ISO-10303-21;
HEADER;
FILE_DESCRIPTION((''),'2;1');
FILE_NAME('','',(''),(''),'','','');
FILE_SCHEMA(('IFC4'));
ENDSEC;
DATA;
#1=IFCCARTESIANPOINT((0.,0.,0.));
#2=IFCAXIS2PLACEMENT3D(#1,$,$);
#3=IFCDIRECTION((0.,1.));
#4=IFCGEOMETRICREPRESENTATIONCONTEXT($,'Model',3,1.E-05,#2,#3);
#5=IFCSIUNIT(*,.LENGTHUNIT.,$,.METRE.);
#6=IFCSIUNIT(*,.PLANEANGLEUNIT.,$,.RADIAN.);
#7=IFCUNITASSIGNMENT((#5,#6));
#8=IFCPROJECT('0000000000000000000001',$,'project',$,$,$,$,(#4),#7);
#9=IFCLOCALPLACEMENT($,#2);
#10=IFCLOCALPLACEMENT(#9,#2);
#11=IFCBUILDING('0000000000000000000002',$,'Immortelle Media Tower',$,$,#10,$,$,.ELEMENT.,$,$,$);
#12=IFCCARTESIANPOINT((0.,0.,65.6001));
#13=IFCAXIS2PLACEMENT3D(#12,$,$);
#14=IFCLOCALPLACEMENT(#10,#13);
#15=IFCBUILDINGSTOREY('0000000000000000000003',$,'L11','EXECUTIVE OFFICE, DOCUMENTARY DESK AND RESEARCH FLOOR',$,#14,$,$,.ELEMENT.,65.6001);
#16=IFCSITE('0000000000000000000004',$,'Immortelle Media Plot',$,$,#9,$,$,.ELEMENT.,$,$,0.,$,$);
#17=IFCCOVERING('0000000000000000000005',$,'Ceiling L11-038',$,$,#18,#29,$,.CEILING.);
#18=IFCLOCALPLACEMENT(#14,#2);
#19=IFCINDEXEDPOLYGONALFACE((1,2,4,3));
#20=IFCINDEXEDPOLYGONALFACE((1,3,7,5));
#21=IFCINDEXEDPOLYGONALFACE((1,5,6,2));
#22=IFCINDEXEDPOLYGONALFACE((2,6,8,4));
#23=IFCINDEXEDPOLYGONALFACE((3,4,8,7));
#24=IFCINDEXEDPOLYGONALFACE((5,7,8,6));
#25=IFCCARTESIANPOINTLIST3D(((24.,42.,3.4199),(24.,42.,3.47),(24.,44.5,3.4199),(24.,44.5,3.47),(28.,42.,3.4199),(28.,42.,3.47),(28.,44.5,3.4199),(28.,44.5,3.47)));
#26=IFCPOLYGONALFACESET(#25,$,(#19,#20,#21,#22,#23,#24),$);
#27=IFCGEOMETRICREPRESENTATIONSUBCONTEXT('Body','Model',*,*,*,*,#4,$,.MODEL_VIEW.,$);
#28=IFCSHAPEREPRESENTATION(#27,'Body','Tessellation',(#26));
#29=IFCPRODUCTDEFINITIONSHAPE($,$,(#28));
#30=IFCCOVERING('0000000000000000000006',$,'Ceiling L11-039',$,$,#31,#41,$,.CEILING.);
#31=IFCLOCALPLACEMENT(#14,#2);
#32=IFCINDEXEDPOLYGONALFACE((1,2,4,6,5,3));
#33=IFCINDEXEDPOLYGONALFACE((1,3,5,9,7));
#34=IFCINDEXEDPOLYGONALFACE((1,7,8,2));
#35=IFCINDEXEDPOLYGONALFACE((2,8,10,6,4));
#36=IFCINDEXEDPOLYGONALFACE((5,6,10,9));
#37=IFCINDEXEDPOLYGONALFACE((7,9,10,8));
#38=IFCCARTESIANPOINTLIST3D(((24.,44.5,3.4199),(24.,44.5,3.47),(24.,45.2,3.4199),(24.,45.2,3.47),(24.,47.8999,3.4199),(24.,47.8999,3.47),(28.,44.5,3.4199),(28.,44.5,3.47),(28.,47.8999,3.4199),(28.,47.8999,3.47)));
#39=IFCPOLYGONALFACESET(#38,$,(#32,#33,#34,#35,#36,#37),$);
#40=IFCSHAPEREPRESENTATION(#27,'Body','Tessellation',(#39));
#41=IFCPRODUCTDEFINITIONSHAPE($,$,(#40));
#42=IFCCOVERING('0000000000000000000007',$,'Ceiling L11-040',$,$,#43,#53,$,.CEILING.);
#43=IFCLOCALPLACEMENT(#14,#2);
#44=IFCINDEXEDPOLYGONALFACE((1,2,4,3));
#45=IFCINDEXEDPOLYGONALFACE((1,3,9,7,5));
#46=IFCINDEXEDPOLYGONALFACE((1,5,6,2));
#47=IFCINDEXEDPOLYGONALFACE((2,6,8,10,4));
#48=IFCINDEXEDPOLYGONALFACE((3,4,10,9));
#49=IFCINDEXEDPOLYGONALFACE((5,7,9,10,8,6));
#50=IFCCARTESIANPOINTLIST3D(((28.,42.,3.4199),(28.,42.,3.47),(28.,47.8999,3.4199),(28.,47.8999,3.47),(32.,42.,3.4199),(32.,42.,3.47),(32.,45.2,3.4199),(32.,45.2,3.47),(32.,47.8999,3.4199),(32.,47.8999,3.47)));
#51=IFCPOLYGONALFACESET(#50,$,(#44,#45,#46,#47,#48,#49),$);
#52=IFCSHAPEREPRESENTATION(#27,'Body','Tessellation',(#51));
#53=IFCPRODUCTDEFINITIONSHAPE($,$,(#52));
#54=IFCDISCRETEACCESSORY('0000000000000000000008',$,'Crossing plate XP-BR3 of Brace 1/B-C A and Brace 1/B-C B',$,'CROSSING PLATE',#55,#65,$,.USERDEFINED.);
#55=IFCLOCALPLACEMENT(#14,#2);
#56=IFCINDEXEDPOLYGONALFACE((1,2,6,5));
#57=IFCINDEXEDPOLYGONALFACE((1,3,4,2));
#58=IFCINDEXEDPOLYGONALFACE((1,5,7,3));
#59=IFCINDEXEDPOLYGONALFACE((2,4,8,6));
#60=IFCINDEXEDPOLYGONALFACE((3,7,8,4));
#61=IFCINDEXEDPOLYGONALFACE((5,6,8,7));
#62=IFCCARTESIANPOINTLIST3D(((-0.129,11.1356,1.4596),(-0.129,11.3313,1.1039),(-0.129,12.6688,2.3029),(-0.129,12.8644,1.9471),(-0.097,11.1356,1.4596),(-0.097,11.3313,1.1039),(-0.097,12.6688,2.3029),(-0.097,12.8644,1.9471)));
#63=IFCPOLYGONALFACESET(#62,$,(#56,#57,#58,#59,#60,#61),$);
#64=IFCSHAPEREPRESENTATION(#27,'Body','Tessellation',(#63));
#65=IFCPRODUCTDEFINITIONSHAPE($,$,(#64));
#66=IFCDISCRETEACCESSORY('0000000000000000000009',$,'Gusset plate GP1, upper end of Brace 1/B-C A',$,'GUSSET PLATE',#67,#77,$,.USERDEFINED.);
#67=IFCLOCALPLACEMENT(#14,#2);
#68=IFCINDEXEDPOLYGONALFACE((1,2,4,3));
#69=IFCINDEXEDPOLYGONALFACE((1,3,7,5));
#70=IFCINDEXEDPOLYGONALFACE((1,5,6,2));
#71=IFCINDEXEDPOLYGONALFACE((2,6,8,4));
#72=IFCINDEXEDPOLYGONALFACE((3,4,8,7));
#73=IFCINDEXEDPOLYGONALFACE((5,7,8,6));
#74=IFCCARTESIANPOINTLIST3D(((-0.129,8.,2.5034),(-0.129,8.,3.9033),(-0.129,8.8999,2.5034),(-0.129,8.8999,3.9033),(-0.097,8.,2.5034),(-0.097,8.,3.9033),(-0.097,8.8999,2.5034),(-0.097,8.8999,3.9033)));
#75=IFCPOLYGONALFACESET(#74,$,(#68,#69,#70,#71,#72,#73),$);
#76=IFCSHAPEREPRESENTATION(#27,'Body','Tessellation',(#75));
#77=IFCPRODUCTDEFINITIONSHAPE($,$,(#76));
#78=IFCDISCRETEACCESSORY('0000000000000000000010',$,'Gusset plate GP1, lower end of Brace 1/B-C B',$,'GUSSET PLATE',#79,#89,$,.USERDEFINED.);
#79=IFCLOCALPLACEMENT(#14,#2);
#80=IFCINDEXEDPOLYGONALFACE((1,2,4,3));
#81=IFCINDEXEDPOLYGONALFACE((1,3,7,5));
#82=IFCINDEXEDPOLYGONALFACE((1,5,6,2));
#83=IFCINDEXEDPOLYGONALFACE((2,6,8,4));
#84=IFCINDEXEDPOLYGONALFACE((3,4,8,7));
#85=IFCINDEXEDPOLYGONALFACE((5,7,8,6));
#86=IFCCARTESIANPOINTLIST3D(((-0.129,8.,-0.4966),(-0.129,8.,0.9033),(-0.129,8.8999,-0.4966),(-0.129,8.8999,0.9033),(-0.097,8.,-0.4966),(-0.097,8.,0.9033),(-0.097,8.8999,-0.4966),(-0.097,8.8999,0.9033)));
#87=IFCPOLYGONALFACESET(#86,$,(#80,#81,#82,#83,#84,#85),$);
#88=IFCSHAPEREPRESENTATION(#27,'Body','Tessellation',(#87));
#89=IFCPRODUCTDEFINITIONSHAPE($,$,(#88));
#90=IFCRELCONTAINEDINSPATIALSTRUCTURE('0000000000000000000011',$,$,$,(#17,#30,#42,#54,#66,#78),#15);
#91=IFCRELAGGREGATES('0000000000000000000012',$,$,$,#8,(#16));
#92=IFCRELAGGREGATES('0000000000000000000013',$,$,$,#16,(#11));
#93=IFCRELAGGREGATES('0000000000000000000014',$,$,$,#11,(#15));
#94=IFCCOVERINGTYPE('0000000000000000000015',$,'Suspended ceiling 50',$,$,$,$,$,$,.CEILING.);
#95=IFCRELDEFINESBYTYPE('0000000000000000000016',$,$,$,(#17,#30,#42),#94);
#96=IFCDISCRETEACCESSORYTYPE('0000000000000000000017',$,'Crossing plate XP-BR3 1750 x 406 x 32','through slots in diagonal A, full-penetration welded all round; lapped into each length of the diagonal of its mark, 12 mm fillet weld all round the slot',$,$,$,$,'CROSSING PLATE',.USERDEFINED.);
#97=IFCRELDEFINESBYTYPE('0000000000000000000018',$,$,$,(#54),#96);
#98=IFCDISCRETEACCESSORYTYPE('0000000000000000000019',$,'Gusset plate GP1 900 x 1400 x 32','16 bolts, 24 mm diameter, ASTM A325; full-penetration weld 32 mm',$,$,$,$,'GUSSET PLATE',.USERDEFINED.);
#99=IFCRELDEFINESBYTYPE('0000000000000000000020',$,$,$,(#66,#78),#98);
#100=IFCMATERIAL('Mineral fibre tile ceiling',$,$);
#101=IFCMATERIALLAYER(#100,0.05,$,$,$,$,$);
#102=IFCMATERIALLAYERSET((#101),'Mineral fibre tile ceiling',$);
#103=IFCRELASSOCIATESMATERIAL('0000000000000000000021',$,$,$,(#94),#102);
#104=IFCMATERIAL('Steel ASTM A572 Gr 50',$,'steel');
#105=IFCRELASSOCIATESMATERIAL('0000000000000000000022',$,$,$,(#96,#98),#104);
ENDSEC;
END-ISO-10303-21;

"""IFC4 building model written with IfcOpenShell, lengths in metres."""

from ifc_helpers import new_model, si_unit, direction, frame, origin, origin_2d, place, context, subcontext, project, spatial, polyline, rectangle, outline, extrude, material, layer, layer_set, material_profile, profile_set, type_object, element, save


model = new_model("IFC4")

# Units and contexts
model_context = context("Model", 3, precision=1e-05, world=origin(), true_north=direction((0.0, 1.0)))
body_context = subcontext(model_context, "Body", "Model", "MODEL_VIEW")
ifc_project = project(units=[si_unit("LENGTHUNIT", "METRE"), si_unit("PLANEANGLEUNIT", "RADIAN")], contexts=[model_context])

# Site, building, storey
site_placement = place(None, origin())
site = spatial("IfcSite", under=ifc_project, at=site_placement, Name="Immortelle Media Plot", CompositionType="ELEMENT", RefElevation=0.0)
building_placement = place(site_placement, origin())
building = spatial("IfcBuilding", under=site, at=building_placement, Name="Immortelle Media Tower", CompositionType="ELEMENT")
storey_placement = place(building_placement, frame((0.0, 0.0, 65.6001)))
storey = spatial("IfcBuildingStorey", under=building, at=storey_placement, Name="L11", Description="EXECUTIVE OFFICE, DOCUMENTARY DESK AND RESEARCH FLOOR", CompositionType="ELEMENT", Elevation=65.6001)

# Coverings
ifc_material_1 = material(Name="Mineral fibre tile ceiling")
ifc_layer = layer(ifc_material_1, 0.05)
ifc_layer_set = layer_set([ifc_layer], Name="Mineral fibre tile ceiling")
covering_type = type_object("IfcCoveringType", Name="Suspended ceiling 50", PredefinedType="CEILING", material=ifc_layer_set)
covering_1_placement = place(storey_placement, frame((0.0, 0.0, 3.4199)))
element("IfcCovering", 1, at=covering_1_placement, inside=storey, type_object=covering_type, Name="Ceiling L11-038", PredefinedType="CEILING", context=body_context, shape_type="SweptSolid", body=[
    extrude(outline(polyline([(28.0, 42.0), (24.0, 42.0), (24.0, 44.5), (28.0, 44.5), (28.0, 42.0)])), origin(), (0.0, 0.0, 1.0), 0.05),
])
covering_2_placement = place(storey_placement, frame((0.0, 0.0, 3.4199)))
element("IfcCovering", 2, at=covering_2_placement, inside=storey, type_object=covering_type, Name="Ceiling L11-039", PredefinedType="CEILING", context=body_context, shape_type="SweptSolid", body=[
    extrude(outline(polyline([(24.0, 47.8999), (28.0, 47.8999), (28.0, 44.5), (24.0, 44.5), (24.0, 45.2), (24.0, 47.8999)])), origin(), (0.0, 0.0, 1.0), 0.05),
])
covering_3_placement = place(storey_placement, frame((0.0, 0.0, 3.4199)))
element("IfcCovering", 3, at=covering_3_placement, inside=storey, type_object=covering_type, Name="Ceiling L11-040", PredefinedType="CEILING", context=body_context, shape_type="SweptSolid", body=[
    extrude(outline(polyline([(32.0, 47.8999), (32.0, 45.2), (32.0, 42.0), (28.0, 42.0), (28.0, 47.8999), (32.0, 47.8999)])), origin(), (0.0, 0.0, 1.0), 0.05),
])

# Discrete accessories
ifc_material_2 = material(Name="Steel ASTM A572 Gr 50", Category="steel")
ifc_material_profile_1 = material_profile(ifc_material_2, rectangle(XDim=0.032, YDim=0.406, at=origin_2d()), Name="PL 32 x 406")
ifc_profile_set_1 = profile_set([ifc_material_profile_1], Name="Steel ASTM A572 Gr 50")
discrete_accessory_type_1 = type_object("IfcDiscreteAccessoryType", Name="Crossing plate XP-BR3 1750 x 406 x 32", Description="through slots in diagonal A, full-penetration welded all round; lapped into each length of the diagonal of its mark, 12 mm fillet weld all round the slot", ElementType="CROSSING PLATE", PredefinedType="USERDEFINED", material=ifc_profile_set_1)
discrete_accessory_placement = place(storey_placement, frame((-0.113, 12.7666, 2.125), z_axis=(0.0, -0.876216, -0.481919), x_axis=(1.0, 0.0, 0.0)))
element("IfcDiscreteAccessory", 4, at=discrete_accessory_placement, inside=storey, type_object=discrete_accessory_type_1, Name="Crossing plate XP-BR3 of Brace 1/B-C A and Brace 1/B-C B", ObjectType="CROSSING PLATE", PredefinedType="USERDEFINED", context=body_context, shape_type="SweptSolid", body=[
    extrude(rectangle(XDim=0.032, YDim=0.406, at=origin_2d()), origin(), (0.0, 0.0, 1.0), 1.7498),
])
ifc_material_profile_2 = material_profile(ifc_material_2, rectangle(XDim=0.032, YDim=1.3999, at=origin_2d()), Name="PL 32 x 1400")
ifc_profile_set_2 = profile_set([ifc_material_profile_2], Name="Steel ASTM A572 Gr 50")
discrete_accessory_type_2 = type_object("IfcDiscreteAccessoryType", Name="Gusset plate GP1 900 x 1400 x 32", Description="16 bolts, 24 mm diameter, ASTM A325; full-penetration weld 32 mm", ElementType="GUSSET PLATE", PredefinedType="USERDEFINED", material=ifc_profile_set_2)
for number, where, z_axis, x_axis, name in (
    (5, (-0.113, 8.0, 3.2034), (0.0, 1.0, 0.0), (-1.0, 0.0, 0.0), "Gusset plate GP1, upper end of Brace 1/B-C A"),
    (6, (-0.113, 8.0, 0.2034), (0.0, 1.0, 0.0), (-1.0, 0.0, 0.0), "Gusset plate GP1, lower end of Brace 1/B-C B"),
):
    element("IfcDiscreteAccessory", number, at=place(storey_placement, frame(where, z_axis=z_axis, x_axis=x_axis)), inside=storey, type_object=discrete_accessory_type_2, Name=name, ObjectType="GUSSET PLATE", PredefinedType="USERDEFINED", context=body_context, shape_type="SweptSolid", body=[
        extrude(rectangle(XDim=0.032, YDim=1.3999, at=origin_2d()), origin(), (0.0, 0.0, 1.0), 0.8999),
    ])

save(model, "model.ifc")
